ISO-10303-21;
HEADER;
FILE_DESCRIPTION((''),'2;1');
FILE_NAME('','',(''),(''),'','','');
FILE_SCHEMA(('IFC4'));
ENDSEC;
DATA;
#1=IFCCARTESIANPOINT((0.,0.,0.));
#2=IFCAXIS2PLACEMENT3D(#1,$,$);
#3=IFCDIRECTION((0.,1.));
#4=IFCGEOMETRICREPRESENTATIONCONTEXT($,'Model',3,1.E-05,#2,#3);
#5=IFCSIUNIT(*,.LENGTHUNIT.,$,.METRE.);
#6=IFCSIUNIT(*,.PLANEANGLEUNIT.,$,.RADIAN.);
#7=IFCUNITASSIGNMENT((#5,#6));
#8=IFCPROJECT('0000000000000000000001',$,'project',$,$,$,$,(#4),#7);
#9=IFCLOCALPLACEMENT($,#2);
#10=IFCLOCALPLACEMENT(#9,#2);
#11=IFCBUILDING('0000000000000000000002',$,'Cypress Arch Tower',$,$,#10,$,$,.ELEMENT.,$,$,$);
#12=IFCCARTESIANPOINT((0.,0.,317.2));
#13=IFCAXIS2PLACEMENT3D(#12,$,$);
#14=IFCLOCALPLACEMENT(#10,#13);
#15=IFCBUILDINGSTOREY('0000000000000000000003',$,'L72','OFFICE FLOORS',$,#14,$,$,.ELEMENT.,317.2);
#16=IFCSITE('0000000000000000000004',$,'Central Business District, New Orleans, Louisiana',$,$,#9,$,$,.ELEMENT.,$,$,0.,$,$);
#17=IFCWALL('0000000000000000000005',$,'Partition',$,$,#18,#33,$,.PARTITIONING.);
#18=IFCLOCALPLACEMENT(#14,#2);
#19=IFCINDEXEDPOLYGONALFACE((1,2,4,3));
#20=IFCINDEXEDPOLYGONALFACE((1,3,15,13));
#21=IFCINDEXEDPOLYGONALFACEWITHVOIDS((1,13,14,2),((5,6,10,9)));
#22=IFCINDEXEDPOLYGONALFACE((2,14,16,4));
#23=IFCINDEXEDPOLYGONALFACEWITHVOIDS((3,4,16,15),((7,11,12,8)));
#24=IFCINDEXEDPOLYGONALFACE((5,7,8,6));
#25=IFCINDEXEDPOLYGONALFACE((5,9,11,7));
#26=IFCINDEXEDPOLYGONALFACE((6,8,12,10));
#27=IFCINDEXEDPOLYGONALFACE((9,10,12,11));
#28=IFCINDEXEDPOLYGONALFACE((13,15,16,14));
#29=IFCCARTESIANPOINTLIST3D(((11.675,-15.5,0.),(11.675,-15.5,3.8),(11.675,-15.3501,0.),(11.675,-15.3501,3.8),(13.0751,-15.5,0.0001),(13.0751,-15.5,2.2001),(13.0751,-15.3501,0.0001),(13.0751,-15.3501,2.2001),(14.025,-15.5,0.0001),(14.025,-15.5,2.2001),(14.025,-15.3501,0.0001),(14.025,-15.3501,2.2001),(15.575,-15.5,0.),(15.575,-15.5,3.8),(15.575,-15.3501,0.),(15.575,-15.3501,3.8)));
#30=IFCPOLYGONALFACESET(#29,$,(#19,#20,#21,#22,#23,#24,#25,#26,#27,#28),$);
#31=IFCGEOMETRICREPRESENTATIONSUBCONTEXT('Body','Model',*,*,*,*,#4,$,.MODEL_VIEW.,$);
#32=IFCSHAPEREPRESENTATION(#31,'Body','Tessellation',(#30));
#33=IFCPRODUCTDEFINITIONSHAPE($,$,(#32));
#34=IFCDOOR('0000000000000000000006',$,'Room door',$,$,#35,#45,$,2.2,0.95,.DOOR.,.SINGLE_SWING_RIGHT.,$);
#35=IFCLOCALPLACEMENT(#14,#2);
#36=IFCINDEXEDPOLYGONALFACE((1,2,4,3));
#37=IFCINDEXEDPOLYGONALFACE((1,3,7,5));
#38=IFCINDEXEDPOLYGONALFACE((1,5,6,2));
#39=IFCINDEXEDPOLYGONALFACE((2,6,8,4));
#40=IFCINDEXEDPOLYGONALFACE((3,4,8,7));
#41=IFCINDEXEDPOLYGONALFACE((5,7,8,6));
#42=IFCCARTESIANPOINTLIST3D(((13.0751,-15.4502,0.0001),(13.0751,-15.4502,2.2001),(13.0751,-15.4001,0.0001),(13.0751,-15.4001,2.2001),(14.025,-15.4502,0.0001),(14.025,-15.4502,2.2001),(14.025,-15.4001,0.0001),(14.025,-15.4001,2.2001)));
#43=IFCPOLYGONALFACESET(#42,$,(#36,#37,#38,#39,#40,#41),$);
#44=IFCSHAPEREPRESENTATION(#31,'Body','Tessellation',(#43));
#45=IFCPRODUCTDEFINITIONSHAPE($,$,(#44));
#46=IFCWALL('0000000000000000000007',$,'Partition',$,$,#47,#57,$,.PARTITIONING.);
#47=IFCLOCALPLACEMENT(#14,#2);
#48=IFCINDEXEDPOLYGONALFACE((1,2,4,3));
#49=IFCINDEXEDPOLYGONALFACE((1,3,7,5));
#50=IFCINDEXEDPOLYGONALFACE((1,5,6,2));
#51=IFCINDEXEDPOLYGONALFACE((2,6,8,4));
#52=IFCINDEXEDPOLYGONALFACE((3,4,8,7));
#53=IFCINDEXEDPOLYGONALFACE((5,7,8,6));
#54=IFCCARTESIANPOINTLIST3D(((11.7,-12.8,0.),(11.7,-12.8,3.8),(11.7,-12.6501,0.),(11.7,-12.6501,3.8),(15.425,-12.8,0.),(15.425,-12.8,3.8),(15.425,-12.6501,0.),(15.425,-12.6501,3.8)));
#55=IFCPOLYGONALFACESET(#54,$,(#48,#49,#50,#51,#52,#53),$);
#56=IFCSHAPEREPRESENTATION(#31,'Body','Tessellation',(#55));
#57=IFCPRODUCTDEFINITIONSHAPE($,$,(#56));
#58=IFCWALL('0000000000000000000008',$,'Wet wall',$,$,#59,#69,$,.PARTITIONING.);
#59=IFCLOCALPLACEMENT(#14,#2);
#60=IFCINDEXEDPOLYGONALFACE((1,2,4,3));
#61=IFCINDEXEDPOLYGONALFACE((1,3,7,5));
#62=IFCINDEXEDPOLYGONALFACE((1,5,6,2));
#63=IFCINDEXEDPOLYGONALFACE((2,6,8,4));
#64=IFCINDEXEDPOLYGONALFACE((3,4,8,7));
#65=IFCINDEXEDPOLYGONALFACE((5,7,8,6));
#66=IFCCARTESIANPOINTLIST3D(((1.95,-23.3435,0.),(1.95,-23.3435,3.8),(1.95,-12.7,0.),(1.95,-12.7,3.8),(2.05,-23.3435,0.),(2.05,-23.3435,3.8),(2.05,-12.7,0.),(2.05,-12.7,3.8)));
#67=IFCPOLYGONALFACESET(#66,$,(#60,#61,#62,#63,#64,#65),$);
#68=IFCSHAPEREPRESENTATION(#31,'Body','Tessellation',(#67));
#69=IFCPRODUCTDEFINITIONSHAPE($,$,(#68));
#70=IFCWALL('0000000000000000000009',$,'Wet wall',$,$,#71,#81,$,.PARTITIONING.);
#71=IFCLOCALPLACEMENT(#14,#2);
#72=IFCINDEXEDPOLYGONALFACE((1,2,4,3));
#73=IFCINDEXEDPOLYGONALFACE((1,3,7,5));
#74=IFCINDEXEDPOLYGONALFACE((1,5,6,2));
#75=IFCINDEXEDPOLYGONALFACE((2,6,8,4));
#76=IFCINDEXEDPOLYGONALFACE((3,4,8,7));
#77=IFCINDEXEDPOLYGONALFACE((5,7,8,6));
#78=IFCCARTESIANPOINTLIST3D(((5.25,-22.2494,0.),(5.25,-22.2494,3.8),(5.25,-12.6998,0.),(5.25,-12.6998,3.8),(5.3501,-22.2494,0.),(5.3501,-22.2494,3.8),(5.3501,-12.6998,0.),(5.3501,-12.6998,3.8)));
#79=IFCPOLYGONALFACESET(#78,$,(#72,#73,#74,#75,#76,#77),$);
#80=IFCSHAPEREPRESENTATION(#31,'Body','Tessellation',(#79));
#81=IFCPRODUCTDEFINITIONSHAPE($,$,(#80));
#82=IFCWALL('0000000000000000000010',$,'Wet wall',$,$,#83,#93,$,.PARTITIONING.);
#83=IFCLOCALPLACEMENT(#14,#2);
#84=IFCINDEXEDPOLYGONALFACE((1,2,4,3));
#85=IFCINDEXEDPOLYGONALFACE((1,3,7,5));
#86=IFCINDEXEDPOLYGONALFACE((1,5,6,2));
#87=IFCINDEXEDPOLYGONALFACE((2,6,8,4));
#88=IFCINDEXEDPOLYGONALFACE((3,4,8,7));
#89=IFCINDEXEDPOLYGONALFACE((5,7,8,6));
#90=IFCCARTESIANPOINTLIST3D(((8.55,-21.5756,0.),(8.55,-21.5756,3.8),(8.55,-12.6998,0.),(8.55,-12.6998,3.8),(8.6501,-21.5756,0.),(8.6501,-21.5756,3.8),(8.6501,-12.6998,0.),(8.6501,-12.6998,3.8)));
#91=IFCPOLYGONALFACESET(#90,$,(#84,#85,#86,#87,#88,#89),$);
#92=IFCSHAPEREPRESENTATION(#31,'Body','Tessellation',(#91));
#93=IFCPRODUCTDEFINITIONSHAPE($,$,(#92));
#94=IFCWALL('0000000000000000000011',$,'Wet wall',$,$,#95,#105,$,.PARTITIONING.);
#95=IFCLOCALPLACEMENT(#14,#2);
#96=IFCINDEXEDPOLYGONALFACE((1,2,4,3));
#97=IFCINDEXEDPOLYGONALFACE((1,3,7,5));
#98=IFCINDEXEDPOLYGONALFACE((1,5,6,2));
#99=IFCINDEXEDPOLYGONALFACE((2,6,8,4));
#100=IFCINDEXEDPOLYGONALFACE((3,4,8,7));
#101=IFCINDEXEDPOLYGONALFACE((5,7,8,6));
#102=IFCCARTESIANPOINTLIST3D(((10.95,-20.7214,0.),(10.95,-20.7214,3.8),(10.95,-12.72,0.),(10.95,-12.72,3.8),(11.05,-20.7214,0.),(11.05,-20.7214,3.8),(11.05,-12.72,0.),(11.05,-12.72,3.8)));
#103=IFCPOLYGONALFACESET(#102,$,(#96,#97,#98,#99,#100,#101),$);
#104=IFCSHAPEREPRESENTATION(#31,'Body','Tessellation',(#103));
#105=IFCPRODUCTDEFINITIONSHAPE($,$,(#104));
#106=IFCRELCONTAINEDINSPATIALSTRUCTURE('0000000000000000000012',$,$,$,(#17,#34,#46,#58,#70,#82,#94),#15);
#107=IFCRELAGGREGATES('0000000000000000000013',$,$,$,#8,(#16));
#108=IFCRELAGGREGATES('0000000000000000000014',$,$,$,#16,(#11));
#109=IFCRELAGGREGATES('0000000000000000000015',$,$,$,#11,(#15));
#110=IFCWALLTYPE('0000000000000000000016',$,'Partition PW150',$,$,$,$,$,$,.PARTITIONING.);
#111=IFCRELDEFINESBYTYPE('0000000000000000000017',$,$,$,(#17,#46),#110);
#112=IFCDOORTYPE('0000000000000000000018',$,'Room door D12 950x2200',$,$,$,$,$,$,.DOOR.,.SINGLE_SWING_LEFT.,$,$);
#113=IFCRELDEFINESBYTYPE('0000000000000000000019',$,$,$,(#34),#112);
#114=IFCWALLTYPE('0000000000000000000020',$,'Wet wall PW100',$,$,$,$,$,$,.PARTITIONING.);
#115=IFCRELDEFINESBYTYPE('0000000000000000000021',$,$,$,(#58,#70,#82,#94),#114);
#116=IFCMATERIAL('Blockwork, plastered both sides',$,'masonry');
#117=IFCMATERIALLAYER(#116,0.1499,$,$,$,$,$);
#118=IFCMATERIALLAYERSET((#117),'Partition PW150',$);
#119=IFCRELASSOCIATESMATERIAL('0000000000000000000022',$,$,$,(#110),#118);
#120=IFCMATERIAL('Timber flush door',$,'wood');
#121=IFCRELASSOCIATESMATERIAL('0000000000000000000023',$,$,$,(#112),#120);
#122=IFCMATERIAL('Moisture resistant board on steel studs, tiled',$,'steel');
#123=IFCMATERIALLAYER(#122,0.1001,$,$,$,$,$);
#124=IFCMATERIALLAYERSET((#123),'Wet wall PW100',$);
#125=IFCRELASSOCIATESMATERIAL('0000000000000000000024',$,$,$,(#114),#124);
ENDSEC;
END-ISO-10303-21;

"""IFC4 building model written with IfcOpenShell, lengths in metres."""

from ifc_helpers import new_model, si_unit, direction, frame, frame_2d, origin, place, context, subcontext, project, spatial, rectangle, extrude, material, layer, layer_set, type_object, element, fill, save


model = new_model("IFC4")

# Units and contexts
model_context = context("Model", 3, precision=1e-05, world=origin(), true_north=direction((0.0, 1.0)))
body_context = subcontext(model_context, "Body", "Model", "MODEL_VIEW")
ifc_project = project(units=[si_unit("LENGTHUNIT", "METRE"), si_unit("PLANEANGLEUNIT", "RADIAN")], contexts=[model_context])

# Site, building, storey
site_placement = place(None, origin())
site = spatial("IfcSite", under=ifc_project, at=site_placement, Name="Central Business District, New Orleans, Louisiana", CompositionType="ELEMENT", RefElevation=0.0)
building_placement = place(site_placement, origin())
building = spatial("IfcBuilding", under=site, at=building_placement, Name="Cypress Arch Tower", CompositionType="ELEMENT")
storey_placement = place(building_placement, frame((0.0, 0.0, 317.2)))
storey = spatial("IfcBuildingStorey", under=building, at=storey_placement, Name="L72", Description="OFFICE FLOORS", CompositionType="ELEMENT", Elevation=317.2)

# Shared definitions
ifc_material_1 = material(Name="Blockwork, plastered both sides", Category="masonry")
ifc_layer_1 = layer(ifc_material_1, 0.1499)
ifc_layer_set_1 = layer_set([ifc_layer_1], Name="Partition PW150")
wall_type_1 = type_object("IfcWallType", Name="Partition PW150", PredefinedType="PARTITIONING", material=ifc_layer_set_1)

# Wall, opening, door
wall_1_placement = place(storey_placement, frame((11.675, -15.425, 0.0), z_axis=(0.0, 0.0, 1.0), x_axis=(1.0, 0.0, 0.0)))
wall_1 = element("IfcWall", 1, at=wall_1_placement, inside=storey, type_object=wall_type_1, Name="Partition", PredefinedType="PARTITIONING", context=body_context, shape_type="SweptSolid", body=[
    extrude(rectangle(XDim=3.8999, YDim=0.1499, at=frame_2d((1.95, 0.0))), origin(), (0.0, 0.0, 1.0), 3.8),
])
opening_1_placement = place(wall_1_placement, frame((1.3999, 0.0, 0.0)))
opening_1 = element("IfcOpeningElement", 2, at=opening_1_placement, cuts=wall_1, PredefinedType="OPENING", context=body_context, shape_type="SweptSolid", body=[
    extrude(rectangle(XDim=0.95, YDim=2.2, at=frame_2d((0.4751, 1.1001))), frame((0.0, 0.085, 0.0), z_axis=(0.0, -1.0, 0.0), x_axis=(1.0, 0.0, 0.0)), (0.0, 0.0, 1.0), 0.1699),
])
ifc_material_2 = material(Name="Timber flush door", Category="wood")
door_type_1 = type_object("IfcDoorType", Name="Room door D12 950x2200", OperationType="SINGLE_SWING_LEFT", PredefinedType="DOOR", material=ifc_material_2)
door_1_placement = place(opening_1_placement, origin())
door_1 = element("IfcDoor", 3, at=door_1_placement, inside=storey, type_object=door_type_1, Name="Room door", OperationType="SINGLE_SWING_RIGHT", OverallHeight=2.2, OverallWidth=0.95, PredefinedType="DOOR", context=body_context, shape_type="SweptSolid", body=[
    extrude(rectangle(XDim=0.95, YDim=2.2, at=frame_2d((0.4751, 1.1001))), frame((0.0, 0.0249, 0.0), z_axis=(0.0, -1.0, 0.0), x_axis=(1.0, 0.0, 0.0)), (0.0, 0.0, 1.0), 0.05),
])
fill(opening_1, door_1)

# Walls
wall_2_placement = place(storey_placement, frame((11.7, -12.7251, 0.0), z_axis=(0.0, 0.0, 1.0), x_axis=(1.0, 0.0, 0.0)))
element("IfcWall", 4, at=wall_2_placement, inside=storey, type_object=wall_type_1, Name="Partition", PredefinedType="PARTITIONING", context=body_context, shape_type="SweptSolid", body=[
    extrude(rectangle(XDim=3.7251, YDim=0.1499, at=frame_2d((1.8625, 0.0))), origin(), (0.0, 0.0, 1.0), 3.8),
])
ifc_material_3 = material(Name="Moisture resistant board on steel studs, tiled", Category="steel")
ifc_layer_2 = layer(ifc_material_3, 0.1001)
ifc_layer_set_2 = layer_set([ifc_layer_2], Name="Wet wall PW100")
wall_type_2 = type_object("IfcWallType", Name="Wet wall PW100", PredefinedType="PARTITIONING", material=ifc_layer_set_2)
wall_3_placement = place(storey_placement, frame((2.0, -23.3435, 0.0), z_axis=(0.0, 0.0, 1.0), x_axis=(0.0, 1.0, 0.0)))
element("IfcWall", 5, at=wall_3_placement, inside=storey, type_object=wall_type_2, Name="Wet wall", PredefinedType="PARTITIONING", context=body_context, shape_type="SweptSolid", body=[
    extrude(rectangle(XDim=10.6436, YDim=0.1001, at=frame_2d((5.3218, 0.0))), origin(), (0.0, 0.0, 1.0), 3.8),
])
wall_4_placement = place(storey_placement, frame((5.3, -22.2495, 0.0), z_axis=(0.0, 0.0, 1.0), x_axis=(0.0, 1.0, 0.0)))
element("IfcWall", 6, at=wall_4_placement, inside=storey, type_object=wall_type_2, Name="Wet wall", PredefinedType="PARTITIONING", context=body_context, shape_type="SweptSolid", body=[
    extrude(rectangle(XDim=9.5496, YDim=0.1001, at=frame_2d((4.7749, 0.0))), origin(), (0.0, 0.0, 1.0), 3.8),
])
wall_5_placement = place(storey_placement, frame((8.6001, -21.5757, 0.0), z_axis=(0.0, 0.0, 1.0), x_axis=(0.0, 1.0, 0.0)))
element("IfcWall", 7, at=wall_5_placement, inside=storey, type_object=wall_type_2, Name="Wet wall", PredefinedType="PARTITIONING", context=body_context, shape_type="SweptSolid", body=[
    extrude(rectangle(XDim=8.8757, YDim=0.1001, at=frame_2d((4.438, 0.0))), origin(), (0.0, 0.0, 1.0), 3.8),
])
wall_6_placement = place(storey_placement, frame((11.0, -20.7214, 0.0), z_axis=(0.0, 0.0, 1.0), x_axis=(0.0, 1.0, 0.0)))
element("IfcWall", 8, at=wall_6_placement, inside=storey, type_object=wall_type_2, Name="Wet wall", PredefinedType="PARTITIONING", context=body_context, shape_type="SweptSolid", body=[
    extrude(rectangle(XDim=8.0015, YDim=0.1001, at=frame_2d((4.0007, 0.0))), origin(), (0.0, 0.0, 1.0), 3.8),
])

save(model, "model.ifc")
